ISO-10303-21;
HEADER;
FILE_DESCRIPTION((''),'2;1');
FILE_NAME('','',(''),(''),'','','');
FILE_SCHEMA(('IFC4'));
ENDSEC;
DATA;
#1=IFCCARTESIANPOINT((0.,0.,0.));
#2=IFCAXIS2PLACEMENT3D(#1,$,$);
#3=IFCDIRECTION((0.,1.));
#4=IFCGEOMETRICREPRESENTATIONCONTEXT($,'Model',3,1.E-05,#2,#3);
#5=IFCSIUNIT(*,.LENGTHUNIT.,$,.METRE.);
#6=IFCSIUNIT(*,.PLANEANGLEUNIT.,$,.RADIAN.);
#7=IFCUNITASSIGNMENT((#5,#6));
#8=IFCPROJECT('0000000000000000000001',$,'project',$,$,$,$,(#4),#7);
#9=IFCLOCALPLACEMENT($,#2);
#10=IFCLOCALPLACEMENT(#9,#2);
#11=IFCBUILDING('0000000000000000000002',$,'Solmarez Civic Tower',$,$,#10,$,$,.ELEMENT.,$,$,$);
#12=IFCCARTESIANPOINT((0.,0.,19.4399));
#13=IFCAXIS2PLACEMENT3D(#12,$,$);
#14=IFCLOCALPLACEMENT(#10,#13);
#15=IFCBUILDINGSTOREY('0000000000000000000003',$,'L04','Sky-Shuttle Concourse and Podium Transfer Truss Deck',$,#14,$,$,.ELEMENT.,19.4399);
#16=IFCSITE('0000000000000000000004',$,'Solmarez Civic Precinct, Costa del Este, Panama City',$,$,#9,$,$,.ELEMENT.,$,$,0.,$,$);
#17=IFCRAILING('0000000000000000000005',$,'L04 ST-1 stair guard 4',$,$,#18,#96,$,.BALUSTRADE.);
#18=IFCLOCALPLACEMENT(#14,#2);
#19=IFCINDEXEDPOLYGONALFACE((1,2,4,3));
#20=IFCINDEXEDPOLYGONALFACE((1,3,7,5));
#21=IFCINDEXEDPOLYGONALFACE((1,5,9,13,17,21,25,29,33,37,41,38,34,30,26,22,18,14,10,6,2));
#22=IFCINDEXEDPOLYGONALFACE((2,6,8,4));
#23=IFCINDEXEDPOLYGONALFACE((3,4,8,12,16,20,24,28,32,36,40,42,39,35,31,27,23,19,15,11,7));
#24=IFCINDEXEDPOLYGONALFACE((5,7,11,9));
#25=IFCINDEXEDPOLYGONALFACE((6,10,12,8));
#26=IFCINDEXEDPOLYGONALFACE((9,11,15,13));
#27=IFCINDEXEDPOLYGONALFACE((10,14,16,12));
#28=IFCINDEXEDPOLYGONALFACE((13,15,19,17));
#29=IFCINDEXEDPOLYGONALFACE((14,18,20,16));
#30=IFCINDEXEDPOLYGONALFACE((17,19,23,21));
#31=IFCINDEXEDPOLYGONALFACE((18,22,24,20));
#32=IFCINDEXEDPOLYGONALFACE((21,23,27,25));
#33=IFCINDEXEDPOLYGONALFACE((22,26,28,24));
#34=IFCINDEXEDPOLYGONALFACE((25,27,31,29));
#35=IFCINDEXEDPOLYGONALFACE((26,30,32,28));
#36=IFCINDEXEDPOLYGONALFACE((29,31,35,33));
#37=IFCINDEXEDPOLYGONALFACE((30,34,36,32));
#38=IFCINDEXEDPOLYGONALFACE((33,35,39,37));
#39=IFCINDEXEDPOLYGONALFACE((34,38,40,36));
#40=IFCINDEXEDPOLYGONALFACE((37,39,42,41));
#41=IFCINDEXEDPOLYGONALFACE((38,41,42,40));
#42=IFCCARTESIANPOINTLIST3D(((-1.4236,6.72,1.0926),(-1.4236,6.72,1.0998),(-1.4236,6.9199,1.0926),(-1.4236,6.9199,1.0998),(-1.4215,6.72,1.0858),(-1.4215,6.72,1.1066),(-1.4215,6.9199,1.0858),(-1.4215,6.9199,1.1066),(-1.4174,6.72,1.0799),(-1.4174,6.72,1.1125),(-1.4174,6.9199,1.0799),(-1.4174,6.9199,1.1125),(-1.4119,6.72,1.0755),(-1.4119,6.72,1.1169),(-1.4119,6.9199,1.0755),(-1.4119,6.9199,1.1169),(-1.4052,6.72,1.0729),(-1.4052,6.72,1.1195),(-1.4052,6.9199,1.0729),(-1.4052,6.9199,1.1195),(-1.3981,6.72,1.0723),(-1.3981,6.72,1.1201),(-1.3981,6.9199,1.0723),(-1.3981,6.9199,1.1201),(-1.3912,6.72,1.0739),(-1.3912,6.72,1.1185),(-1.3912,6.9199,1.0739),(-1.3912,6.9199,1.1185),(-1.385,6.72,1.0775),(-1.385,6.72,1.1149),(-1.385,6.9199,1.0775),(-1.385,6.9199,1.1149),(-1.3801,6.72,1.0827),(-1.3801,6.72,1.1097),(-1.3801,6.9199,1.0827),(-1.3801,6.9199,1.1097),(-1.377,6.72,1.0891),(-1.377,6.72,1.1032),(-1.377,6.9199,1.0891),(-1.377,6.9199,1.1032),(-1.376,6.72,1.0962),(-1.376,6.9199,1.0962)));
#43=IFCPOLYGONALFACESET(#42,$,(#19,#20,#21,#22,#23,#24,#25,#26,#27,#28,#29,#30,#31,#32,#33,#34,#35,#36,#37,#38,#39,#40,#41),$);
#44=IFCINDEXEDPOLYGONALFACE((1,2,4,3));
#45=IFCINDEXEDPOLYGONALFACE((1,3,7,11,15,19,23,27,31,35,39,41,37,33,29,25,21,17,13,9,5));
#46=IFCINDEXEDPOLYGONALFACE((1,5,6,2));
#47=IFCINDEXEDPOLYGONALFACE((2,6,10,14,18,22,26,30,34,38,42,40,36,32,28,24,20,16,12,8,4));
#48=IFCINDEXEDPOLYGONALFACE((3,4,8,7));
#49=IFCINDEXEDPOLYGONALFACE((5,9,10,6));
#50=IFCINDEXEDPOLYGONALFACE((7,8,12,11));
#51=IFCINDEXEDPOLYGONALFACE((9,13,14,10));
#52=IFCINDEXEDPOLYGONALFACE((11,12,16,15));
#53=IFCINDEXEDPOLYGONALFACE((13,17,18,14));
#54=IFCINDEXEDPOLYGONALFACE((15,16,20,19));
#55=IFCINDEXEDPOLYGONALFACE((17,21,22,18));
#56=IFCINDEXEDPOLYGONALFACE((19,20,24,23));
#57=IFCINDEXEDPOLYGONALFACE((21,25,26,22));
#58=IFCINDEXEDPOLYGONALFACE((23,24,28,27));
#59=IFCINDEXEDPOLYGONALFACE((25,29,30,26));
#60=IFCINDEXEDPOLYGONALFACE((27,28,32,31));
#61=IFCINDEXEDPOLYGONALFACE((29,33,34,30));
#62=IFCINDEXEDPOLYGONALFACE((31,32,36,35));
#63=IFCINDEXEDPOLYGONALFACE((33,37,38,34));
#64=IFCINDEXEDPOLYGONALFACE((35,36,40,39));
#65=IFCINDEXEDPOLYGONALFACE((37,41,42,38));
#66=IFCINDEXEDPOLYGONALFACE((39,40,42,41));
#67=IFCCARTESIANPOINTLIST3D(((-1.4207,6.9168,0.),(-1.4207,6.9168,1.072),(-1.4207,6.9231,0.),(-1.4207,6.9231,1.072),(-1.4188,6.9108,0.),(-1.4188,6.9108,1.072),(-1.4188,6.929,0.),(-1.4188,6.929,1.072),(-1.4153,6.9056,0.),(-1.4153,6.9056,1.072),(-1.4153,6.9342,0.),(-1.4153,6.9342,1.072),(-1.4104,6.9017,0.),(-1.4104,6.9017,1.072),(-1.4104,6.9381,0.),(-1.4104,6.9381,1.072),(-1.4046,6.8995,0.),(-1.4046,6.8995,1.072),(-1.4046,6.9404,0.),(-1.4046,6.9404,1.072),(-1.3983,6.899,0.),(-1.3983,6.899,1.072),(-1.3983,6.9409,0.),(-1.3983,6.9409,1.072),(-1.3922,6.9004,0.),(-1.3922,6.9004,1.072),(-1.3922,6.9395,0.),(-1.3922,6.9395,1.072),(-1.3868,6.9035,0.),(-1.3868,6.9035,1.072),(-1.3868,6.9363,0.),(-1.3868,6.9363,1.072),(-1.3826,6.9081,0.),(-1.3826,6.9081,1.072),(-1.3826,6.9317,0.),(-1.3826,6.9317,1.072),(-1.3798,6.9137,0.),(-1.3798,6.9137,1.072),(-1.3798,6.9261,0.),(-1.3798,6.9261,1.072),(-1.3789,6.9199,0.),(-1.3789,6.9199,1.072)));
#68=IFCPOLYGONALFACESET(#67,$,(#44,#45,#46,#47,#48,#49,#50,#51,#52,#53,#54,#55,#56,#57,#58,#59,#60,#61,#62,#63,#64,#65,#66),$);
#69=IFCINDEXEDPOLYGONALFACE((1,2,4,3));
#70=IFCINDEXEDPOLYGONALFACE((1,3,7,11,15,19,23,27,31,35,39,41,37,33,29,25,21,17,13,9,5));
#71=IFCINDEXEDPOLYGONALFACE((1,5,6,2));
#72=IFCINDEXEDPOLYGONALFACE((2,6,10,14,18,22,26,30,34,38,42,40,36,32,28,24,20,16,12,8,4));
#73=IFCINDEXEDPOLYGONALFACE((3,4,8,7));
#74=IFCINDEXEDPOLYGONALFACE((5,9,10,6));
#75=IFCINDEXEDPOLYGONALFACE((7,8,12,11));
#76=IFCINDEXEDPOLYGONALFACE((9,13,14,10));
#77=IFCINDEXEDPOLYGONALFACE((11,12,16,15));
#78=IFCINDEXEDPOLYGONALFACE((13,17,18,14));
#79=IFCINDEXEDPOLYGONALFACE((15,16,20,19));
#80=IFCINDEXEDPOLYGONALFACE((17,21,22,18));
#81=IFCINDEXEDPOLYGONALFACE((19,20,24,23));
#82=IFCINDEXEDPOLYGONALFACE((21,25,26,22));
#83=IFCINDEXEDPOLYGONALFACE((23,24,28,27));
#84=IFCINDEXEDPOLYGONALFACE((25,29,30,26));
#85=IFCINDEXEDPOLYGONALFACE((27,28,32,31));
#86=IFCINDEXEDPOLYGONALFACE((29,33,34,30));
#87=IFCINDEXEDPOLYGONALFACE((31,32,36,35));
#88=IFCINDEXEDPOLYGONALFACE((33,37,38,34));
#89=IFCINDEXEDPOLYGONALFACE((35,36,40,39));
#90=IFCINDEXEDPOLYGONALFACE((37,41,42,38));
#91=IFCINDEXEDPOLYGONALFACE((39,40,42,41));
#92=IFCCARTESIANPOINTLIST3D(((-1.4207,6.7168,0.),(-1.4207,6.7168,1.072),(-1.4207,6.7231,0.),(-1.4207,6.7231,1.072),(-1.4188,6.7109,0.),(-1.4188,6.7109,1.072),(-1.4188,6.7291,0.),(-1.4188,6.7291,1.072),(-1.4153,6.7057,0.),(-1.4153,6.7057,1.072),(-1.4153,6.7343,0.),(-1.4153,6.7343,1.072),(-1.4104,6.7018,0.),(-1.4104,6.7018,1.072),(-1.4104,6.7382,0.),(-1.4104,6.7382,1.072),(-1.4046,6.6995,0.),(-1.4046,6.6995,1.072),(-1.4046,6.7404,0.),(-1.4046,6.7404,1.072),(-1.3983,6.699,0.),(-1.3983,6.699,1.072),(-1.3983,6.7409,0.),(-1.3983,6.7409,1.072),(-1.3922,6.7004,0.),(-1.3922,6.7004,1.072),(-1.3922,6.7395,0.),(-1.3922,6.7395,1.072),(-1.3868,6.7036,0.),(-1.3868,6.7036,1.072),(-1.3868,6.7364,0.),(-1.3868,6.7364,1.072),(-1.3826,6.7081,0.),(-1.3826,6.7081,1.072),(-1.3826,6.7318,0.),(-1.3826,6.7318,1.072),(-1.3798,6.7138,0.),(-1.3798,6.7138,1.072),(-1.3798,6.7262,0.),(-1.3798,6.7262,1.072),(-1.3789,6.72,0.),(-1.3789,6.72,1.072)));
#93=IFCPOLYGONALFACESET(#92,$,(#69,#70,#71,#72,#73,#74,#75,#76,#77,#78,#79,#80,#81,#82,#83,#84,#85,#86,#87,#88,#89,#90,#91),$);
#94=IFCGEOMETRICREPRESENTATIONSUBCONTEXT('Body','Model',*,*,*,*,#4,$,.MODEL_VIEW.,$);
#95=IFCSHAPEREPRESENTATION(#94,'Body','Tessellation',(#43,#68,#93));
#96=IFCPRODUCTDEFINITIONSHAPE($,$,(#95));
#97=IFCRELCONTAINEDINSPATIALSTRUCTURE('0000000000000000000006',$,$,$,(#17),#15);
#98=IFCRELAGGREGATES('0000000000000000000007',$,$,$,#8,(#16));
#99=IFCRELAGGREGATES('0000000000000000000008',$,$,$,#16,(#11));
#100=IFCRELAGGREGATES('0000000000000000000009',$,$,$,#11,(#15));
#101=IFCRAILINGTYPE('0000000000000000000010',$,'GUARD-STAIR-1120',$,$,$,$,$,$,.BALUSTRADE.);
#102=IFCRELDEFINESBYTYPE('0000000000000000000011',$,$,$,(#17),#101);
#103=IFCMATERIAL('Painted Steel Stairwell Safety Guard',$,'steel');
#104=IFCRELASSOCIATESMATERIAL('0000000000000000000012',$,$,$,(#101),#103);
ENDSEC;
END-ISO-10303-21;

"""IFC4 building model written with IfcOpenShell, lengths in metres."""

from ifc_helpers import new_model, si_unit, direction, frame, origin, origin_2d, place, context, subcontext, project, spatial, circle, extrude, material, type_object, element, save


model = new_model("IFC4")

# Units and contexts
model_context = context("Model", 3, precision=1e-05, world=origin(), true_north=direction((0.0, 1.0)))
body_context = subcontext(model_context, "Body", "Model", "MODEL_VIEW")
ifc_project = project(units=[si_unit("LENGTHUNIT", "METRE"), si_unit("PLANEANGLEUNIT", "RADIAN")], contexts=[model_context])

# Site, building, storey
site_placement = place(None, origin())
site = spatial("IfcSite", under=ifc_project, at=site_placement, Name="Solmarez Civic Precinct, Costa del Este, Panama City", CompositionType="ELEMENT", RefElevation=0.0)
building_placement = place(site_placement, origin())
building = spatial("IfcBuilding", under=site, at=building_placement, Name="Solmarez Civic Tower", CompositionType="ELEMENT")
storey_placement = place(building_placement, frame((0.0, 0.0, 19.4399)))
storey = spatial("IfcBuildingStorey", under=building, at=storey_placement, Name="L04", Description="Sky-Shuttle Concourse and Podium Transfer Truss Deck", CompositionType="ELEMENT", Elevation=19.4399)

# Railing
ifc_material_1 = material(Name="Painted Steel Stairwell Safety Guard", Category="steel")
railing_type_1 = type_object("IfcRailingType", Name="GUARD-STAIR-1120", PredefinedType="BALUSTRADE", material=ifc_material_1)
railing_1_placement = place(storey_placement, frame((-1.3999, 6.9199, 0.0)))
element("IfcRailing", 1, at=railing_1_placement, inside=storey, type_object=railing_type_1, Name="L04 ST-1 stair guard 4", PredefinedType="BALUSTRADE", context=body_context, shape_type="SweptSolid", body=[
    extrude(circle(Radius=0.0239, at=origin_2d()), frame((0.0, 0.0, 1.0962), z_axis=(0.0, -1.0, 0.0), x_axis=(1.0, 0.0, 0.0)), (0.0, 0.0, 1.0), 0.2),
    extrude(circle(Radius=0.021, at=origin_2d()), origin(), (0.0, 0.0, 1.0), 1.072),
    extrude(circle(Radius=0.021, at=origin_2d()), frame((0.0, -0.2, 0.0)), (0.0, 0.0, 1.0), 1.072),
])

save(model, "model.ifc")
